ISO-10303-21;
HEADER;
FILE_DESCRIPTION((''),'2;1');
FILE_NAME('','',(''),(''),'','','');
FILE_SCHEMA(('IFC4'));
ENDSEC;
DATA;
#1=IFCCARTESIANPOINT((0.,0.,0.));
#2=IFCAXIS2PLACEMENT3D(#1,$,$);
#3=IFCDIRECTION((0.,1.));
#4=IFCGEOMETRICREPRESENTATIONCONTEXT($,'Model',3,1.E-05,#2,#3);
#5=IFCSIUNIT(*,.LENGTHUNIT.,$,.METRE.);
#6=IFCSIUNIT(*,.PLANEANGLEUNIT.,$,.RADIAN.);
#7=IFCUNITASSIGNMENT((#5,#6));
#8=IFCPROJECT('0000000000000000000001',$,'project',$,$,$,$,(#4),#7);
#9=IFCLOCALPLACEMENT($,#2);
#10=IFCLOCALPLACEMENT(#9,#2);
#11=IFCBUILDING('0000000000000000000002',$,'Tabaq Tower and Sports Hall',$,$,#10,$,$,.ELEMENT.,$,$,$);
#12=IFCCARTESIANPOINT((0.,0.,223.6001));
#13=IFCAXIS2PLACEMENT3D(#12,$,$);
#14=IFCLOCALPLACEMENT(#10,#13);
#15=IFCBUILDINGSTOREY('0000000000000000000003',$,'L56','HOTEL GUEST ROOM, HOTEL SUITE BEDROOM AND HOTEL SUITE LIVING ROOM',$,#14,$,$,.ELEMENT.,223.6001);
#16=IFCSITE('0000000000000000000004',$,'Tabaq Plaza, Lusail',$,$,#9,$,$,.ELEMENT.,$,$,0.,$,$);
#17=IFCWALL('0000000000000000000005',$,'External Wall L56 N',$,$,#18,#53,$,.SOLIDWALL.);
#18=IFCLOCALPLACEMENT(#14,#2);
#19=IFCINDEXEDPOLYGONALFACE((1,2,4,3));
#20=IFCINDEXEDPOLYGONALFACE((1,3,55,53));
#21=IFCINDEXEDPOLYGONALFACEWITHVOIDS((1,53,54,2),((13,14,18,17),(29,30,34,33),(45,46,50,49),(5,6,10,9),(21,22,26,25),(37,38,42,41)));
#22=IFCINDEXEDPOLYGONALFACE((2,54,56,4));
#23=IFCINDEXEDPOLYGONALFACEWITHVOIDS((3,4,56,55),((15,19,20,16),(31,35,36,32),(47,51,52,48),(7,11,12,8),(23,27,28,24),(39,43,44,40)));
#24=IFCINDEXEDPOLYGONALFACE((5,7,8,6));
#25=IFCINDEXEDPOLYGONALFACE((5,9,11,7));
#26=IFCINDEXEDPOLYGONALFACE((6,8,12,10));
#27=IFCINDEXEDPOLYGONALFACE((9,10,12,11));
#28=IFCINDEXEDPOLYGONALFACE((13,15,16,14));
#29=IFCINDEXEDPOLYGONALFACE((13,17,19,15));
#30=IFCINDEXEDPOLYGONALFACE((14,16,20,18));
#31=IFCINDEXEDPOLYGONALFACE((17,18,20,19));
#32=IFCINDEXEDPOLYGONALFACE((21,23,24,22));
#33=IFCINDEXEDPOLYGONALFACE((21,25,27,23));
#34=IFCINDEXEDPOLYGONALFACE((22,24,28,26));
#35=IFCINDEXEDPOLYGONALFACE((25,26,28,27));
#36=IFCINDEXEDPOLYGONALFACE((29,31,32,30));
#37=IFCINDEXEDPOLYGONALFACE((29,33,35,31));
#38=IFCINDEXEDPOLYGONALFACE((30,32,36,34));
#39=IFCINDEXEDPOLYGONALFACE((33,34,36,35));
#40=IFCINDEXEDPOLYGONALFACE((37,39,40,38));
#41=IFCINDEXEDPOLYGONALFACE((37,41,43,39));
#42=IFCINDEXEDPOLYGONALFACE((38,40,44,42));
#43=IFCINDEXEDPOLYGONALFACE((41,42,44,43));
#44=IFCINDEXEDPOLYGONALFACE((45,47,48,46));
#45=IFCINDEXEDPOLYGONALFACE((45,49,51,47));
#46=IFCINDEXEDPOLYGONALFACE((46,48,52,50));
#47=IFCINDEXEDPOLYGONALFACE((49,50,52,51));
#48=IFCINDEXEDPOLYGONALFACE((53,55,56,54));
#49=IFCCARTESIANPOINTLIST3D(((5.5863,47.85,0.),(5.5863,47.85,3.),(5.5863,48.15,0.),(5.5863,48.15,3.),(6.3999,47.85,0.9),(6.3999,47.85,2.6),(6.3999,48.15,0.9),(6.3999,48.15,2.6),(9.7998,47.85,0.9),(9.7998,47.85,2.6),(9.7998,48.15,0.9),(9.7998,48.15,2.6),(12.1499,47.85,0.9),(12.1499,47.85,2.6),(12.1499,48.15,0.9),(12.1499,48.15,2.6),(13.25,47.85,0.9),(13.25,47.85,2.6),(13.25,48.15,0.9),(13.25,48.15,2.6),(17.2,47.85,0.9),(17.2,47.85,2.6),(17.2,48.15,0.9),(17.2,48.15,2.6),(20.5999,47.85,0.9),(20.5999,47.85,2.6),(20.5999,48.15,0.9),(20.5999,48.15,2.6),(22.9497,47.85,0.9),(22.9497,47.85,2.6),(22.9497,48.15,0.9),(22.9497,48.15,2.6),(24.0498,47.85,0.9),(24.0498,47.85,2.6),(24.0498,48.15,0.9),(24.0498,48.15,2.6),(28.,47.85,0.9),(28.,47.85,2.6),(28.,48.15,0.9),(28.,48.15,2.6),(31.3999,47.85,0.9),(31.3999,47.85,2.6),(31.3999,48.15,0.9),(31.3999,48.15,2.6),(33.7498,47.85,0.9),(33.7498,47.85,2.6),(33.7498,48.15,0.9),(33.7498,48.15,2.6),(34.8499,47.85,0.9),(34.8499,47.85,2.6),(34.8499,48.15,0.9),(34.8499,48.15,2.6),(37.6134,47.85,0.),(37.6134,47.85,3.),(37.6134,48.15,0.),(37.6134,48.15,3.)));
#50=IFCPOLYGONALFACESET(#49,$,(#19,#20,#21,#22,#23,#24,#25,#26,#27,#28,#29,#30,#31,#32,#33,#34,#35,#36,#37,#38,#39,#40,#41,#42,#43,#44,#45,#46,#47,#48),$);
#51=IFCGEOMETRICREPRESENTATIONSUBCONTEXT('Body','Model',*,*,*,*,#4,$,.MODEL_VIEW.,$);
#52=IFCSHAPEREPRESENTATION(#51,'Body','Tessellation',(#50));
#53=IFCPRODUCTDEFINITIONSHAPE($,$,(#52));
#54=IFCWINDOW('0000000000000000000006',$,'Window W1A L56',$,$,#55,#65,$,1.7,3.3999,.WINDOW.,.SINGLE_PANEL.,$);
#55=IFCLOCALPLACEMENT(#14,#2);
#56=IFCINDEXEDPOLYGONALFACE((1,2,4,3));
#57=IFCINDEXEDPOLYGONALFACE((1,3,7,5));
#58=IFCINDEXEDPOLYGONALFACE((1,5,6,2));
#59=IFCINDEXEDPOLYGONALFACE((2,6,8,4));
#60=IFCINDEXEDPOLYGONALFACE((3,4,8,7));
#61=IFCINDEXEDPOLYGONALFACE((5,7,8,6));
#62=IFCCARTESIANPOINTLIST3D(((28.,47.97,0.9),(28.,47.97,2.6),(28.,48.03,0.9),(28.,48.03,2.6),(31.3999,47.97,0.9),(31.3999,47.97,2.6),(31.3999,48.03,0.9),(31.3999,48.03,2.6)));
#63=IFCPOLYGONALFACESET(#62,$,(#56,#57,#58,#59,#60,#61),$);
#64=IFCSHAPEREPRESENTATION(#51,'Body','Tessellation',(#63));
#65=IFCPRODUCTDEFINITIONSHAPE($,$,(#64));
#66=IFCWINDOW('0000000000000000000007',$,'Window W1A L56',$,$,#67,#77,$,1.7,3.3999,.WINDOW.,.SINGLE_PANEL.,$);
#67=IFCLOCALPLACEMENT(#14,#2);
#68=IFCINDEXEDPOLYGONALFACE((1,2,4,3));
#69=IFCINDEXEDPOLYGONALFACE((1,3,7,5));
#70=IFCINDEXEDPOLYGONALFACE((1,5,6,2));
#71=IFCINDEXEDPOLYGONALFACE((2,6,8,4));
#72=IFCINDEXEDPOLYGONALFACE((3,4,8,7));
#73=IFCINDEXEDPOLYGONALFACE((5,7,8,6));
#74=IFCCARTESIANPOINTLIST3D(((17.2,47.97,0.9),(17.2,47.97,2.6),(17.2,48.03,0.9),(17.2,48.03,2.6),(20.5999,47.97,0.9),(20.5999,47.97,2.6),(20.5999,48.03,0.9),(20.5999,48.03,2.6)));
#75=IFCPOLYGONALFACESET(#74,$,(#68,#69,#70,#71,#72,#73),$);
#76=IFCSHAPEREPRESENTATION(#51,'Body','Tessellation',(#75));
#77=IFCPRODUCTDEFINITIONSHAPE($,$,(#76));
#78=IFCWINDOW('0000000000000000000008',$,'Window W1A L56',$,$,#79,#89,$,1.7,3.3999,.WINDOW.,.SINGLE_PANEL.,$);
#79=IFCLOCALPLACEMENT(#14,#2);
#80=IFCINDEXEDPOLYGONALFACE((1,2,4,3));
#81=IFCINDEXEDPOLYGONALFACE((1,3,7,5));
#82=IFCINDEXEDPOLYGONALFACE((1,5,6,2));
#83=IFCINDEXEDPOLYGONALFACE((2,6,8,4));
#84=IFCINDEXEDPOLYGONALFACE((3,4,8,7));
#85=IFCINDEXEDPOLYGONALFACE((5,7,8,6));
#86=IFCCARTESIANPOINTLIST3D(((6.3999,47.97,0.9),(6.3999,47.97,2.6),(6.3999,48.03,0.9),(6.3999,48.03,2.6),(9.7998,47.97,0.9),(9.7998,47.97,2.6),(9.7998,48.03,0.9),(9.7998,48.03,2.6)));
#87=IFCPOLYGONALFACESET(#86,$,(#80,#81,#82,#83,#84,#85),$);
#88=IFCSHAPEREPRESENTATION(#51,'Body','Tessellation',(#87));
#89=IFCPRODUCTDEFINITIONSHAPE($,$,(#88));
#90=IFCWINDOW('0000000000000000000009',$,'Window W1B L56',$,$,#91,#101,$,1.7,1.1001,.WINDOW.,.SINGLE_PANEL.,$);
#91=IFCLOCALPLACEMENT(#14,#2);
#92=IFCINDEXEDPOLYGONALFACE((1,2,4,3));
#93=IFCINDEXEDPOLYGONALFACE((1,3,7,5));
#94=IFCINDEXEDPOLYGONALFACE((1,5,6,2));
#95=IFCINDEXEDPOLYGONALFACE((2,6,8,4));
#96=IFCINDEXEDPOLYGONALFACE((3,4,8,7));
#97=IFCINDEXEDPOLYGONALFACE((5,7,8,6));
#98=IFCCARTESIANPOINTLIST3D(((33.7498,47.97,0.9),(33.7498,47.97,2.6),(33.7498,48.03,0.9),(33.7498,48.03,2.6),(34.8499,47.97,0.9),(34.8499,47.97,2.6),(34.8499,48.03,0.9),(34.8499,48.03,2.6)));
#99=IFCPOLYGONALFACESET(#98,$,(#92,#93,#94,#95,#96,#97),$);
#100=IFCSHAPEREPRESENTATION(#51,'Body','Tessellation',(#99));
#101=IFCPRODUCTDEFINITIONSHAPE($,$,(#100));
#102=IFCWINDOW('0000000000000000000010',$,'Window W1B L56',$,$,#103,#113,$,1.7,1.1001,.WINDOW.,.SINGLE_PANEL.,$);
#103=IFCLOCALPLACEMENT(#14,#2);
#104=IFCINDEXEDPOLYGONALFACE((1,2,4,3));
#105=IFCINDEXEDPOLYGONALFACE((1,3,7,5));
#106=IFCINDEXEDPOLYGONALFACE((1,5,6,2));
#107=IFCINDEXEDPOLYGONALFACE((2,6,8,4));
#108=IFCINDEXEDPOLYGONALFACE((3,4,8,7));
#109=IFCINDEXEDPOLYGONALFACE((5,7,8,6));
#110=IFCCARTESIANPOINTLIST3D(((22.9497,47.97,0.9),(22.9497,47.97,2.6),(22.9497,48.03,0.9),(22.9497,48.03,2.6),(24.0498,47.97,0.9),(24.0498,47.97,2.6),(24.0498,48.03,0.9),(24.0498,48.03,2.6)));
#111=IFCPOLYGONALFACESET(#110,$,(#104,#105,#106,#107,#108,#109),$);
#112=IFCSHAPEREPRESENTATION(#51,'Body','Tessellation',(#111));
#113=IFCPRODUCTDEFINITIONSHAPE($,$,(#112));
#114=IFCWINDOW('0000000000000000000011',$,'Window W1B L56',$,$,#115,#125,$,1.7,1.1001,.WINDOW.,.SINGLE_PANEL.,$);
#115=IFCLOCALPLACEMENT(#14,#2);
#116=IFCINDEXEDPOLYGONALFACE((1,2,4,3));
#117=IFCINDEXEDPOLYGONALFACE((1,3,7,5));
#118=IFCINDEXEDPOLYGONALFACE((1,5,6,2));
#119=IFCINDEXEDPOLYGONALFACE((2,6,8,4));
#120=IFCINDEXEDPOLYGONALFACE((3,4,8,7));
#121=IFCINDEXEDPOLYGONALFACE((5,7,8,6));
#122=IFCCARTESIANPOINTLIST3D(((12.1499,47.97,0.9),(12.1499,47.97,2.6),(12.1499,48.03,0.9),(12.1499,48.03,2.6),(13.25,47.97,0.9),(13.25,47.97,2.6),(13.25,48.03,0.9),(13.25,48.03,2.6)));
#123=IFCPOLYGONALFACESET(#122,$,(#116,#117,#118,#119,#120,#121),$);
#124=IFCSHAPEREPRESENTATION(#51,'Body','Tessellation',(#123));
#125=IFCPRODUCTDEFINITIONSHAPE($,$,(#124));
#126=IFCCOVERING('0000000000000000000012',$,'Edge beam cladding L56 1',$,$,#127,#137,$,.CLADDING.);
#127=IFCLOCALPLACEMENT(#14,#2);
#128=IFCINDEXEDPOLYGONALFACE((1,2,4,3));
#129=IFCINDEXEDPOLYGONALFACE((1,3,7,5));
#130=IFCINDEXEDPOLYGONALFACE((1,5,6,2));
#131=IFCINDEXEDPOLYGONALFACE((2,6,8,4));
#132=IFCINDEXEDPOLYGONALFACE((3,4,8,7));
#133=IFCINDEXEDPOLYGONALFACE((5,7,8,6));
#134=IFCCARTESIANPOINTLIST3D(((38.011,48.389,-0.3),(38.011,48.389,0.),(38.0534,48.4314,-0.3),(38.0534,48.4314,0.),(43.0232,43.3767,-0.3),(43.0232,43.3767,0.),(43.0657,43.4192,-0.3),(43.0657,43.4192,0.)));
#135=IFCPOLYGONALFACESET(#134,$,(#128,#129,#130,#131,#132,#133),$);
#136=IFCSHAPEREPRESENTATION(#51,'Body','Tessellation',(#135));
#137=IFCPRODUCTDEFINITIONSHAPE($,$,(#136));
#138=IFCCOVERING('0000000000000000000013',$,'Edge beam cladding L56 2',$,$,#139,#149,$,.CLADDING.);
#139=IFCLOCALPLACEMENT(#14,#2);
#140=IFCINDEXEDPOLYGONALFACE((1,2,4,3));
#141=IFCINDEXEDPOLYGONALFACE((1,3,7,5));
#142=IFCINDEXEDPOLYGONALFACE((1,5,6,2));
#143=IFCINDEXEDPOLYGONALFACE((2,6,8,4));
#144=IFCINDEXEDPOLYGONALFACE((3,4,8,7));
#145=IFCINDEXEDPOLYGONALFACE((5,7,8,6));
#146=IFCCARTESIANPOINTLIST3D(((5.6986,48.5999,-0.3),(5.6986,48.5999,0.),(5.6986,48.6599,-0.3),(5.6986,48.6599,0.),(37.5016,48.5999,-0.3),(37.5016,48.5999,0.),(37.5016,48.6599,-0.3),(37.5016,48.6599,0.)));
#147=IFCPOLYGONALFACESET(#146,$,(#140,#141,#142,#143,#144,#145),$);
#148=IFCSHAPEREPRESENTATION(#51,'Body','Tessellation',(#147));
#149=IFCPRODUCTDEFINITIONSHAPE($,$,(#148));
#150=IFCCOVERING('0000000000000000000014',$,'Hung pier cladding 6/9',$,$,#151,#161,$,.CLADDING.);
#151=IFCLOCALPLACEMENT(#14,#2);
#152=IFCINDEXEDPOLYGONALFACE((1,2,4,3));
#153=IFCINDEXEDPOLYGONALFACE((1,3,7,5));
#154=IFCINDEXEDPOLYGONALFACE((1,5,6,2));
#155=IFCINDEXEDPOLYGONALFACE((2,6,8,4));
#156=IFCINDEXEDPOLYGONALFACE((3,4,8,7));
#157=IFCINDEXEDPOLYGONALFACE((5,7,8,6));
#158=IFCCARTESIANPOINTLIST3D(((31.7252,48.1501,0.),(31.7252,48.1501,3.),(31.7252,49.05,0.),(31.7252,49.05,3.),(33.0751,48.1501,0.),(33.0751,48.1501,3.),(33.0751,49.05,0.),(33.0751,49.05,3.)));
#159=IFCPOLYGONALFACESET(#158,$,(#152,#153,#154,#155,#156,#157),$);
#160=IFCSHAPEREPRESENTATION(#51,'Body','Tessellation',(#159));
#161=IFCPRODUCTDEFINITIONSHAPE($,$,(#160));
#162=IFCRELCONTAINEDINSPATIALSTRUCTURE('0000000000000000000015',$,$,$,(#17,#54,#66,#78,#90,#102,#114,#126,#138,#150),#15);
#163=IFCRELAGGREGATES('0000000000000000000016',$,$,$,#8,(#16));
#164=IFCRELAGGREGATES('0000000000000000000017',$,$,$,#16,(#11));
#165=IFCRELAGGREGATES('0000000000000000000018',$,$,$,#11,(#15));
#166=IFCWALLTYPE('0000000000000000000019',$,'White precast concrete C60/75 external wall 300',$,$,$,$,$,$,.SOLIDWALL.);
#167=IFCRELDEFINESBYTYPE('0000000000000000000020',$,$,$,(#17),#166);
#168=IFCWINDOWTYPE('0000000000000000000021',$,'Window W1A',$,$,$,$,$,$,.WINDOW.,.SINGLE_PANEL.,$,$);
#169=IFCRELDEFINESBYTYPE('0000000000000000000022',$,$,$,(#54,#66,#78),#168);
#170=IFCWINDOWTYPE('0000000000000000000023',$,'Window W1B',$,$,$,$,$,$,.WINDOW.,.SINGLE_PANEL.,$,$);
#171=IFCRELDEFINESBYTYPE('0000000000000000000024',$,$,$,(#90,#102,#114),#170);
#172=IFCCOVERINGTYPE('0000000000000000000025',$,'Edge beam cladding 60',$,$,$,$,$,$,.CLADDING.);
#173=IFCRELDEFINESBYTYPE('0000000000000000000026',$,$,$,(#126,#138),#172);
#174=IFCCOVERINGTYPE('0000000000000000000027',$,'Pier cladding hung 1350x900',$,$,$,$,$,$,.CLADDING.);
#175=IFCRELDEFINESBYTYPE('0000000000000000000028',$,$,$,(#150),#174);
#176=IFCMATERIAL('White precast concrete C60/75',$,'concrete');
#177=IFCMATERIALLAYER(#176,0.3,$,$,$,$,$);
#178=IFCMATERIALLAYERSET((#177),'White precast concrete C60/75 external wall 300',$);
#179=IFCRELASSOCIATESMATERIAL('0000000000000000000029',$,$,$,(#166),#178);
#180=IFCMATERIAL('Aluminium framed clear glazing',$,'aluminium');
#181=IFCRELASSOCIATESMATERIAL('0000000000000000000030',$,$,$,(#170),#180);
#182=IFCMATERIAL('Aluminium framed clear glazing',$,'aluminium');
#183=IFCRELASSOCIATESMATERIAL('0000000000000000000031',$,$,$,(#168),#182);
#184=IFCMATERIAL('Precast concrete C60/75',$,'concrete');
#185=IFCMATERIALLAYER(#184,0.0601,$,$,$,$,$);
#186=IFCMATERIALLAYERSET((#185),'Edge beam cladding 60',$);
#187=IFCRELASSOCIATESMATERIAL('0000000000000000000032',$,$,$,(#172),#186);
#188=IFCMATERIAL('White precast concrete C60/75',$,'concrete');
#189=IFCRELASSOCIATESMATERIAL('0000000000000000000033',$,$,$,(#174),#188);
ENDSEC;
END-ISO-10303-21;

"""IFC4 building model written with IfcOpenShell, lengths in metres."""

from ifc_helpers import new_model, si_unit, direction, frame, frame_2d, origin, place, context, subcontext, project, spatial, rectangle, extrude, material, layer, layer_set, type_object, element, fill, save


model = new_model("IFC4")

# Units and contexts
model_context = context("Model", 3, precision=1e-05, world=origin(), true_north=direction((0.0, 1.0)))
body_context = subcontext(model_context, "Body", "Model", "MODEL_VIEW")
ifc_project = project(units=[si_unit("LENGTHUNIT", "METRE"), si_unit("PLANEANGLEUNIT", "RADIAN")], contexts=[model_context])

# Site, building, storey
site_placement = place(None, origin())
site = spatial("IfcSite", under=ifc_project, at=site_placement, Name="Tabaq Plaza, Lusail", CompositionType="ELEMENT", RefElevation=0.0)
building_placement = place(site_placement, origin())
building = spatial("IfcBuilding", under=site, at=building_placement, Name="Tabaq Tower and Sports Hall", CompositionType="ELEMENT")
storey_placement = place(building_placement, frame((0.0, 0.0, 223.6001)))
storey = spatial("IfcBuildingStorey", under=building, at=storey_placement, Name="L56", Description="HOTEL GUEST ROOM, HOTEL SUITE BEDROOM AND HOTEL SUITE LIVING ROOM", CompositionType="ELEMENT", Elevation=223.6001)

# Wall, openings, windows
ifc_material_1 = material(Name="White precast concrete C60/75", Category="concrete")
ifc_layer_1 = layer(ifc_material_1, 0.3)
ifc_layer_set_1 = layer_set([ifc_layer_1], Name="White precast concrete C60/75 external wall 300")
wall_type_1 = type_object("IfcWallType", Name="White precast concrete C60/75 external wall 300", PredefinedType="SOLIDWALL", material=ifc_layer_set_1)
ifc_material_2 = material(Name="Aluminium framed clear glazing", Category="aluminium")
window_type_1 = type_object("IfcWindowType", Name="Window W1B", PartitioningType="SINGLE_PANEL", PredefinedType="WINDOW", material=ifc_material_2)
wall_1_placement = place(storey_placement, frame((37.6135, 48.0, 0.0), z_axis=(0.0, 0.0, 1.0), x_axis=(-1.0, 0.0, 0.0)))
wall_1 = element("IfcWall", 1, at=wall_1_placement, inside=storey, type_object=wall_type_1, Name="External Wall L56 N", PredefinedType="SOLIDWALL", context=body_context, shape_type="SweptSolid", body=[
    extrude(rectangle(XDim=32.0271, YDim=0.3, at=frame_2d((16.0137, 0.0))), origin(), (0.0, 0.0, 1.0), 3.0),
])
opening_1_placement = place(wall_1_placement, frame((2.7637, 0.0, 0.8999)))
opening_1 = element("IfcOpeningElement", 2, at=opening_1_placement, cuts=wall_1, PredefinedType="OPENING", context=body_context, shape_type="SweptSolid", body=[
    extrude(rectangle(XDim=1.1001, YDim=1.7, at=frame_2d((0.55, 0.8501))), frame((0.0, 0.1602, 0.0), z_axis=(0.0, -1.0, 0.0), x_axis=(1.0, 0.0, 0.0)), (0.0, 0.0, 1.0), 0.3201),
])
opening_2_placement = place(wall_1_placement, frame((6.2136, 0.0, 0.8999)))
opening_2 = element("IfcOpeningElement", 3, at=opening_2_placement, cuts=wall_1, PredefinedType="OPENING", context=body_context, shape_type="SweptSolid", body=[
    extrude(rectangle(XDim=3.3999, YDim=1.7, at=frame_2d((1.7, 0.8501))), frame((0.0, 0.1602, 0.0), z_axis=(0.0, -1.0, 0.0), x_axis=(1.0, 0.0, 0.0)), (0.0, 0.0, 1.0), 0.3201),
])
opening_3_placement = place(wall_1_placement, frame((13.5637, 0.0, 0.8999)))
opening_3 = element("IfcOpeningElement", 4, at=opening_3_placement, cuts=wall_1, PredefinedType="OPENING", context=body_context, shape_type="SweptSolid", body=[
    extrude(rectangle(XDim=1.1001, YDim=1.7, at=frame_2d((0.55, 0.8501))), frame((0.0, 0.1602, 0.0), z_axis=(0.0, -1.0, 0.0), x_axis=(1.0, 0.0, 0.0)), (0.0, 0.0, 1.0), 0.3201),
])
opening_4_placement = place(wall_1_placement, frame((17.0137, 0.0, 0.8999)))
opening_4 = element("IfcOpeningElement", 5, at=opening_4_placement, cuts=wall_1, PredefinedType="OPENING", context=body_context, shape_type="SweptSolid", body=[
    extrude(rectangle(XDim=3.3999, YDim=1.7, at=frame_2d((1.7, 0.8501))), frame((0.0, 0.1602, 0.0), z_axis=(0.0, -1.0, 0.0), x_axis=(1.0, 0.0, 0.0)), (0.0, 0.0, 1.0), 0.3201),
])
opening_5_placement = place(wall_1_placement, frame((24.3635, 0.0, 0.8999)))
opening_5 = element("IfcOpeningElement", 6, at=opening_5_placement, cuts=wall_1, PredefinedType="OPENING", context=body_context, shape_type="SweptSolid", body=[
    extrude(rectangle(XDim=1.1001, YDim=1.7, at=frame_2d((0.55, 0.8501))), frame((0.0, 0.1602, 0.0), z_axis=(0.0, -1.0, 0.0), x_axis=(1.0, 0.0, 0.0)), (0.0, 0.0, 1.0), 0.3201),
])
opening_6_placement = place(wall_1_placement, frame((27.8137, 0.0, 0.8999)))
opening_6 = element("IfcOpeningElement", 7, at=opening_6_placement, cuts=wall_1, PredefinedType="OPENING", context=body_context, shape_type="SweptSolid", body=[
    extrude(rectangle(XDim=3.3999, YDim=1.7, at=frame_2d((1.7, 0.8501))), frame((0.0, 0.1602, 0.0), z_axis=(0.0, -1.0, 0.0), x_axis=(1.0, 0.0, 0.0)), (0.0, 0.0, 1.0), 0.3201),
])
ifc_material_3 = material(Name="Aluminium framed clear glazing", Category="aluminium")
window_type_2 = type_object("IfcWindowType", Name="Window W1A", PartitioningType="SINGLE_PANEL", PredefinedType="WINDOW", material=ifc_material_3)
window_1_placement = place(opening_2_placement, origin())
window_1 = element("IfcWindow", 8, at=window_1_placement, inside=storey, type_object=window_type_2, Name="Window W1A L56", OverallHeight=1.7, OverallWidth=3.3999, PartitioningType="SINGLE_PANEL", PredefinedType="WINDOW", context=body_context, shape_type="SweptSolid", body=[
    extrude(rectangle(XDim=3.3999, YDim=1.7, at=frame_2d((1.7, 0.8501))), frame((0.0, 0.03, 0.0), z_axis=(0.0, -1.0, 0.0), x_axis=(1.0, 0.0, 0.0)), (0.0, 0.0, 1.0), 0.0601),
])
fill(opening_2, window_1)
window_2_placement = place(opening_4_placement, origin())
window_2 = element("IfcWindow", 9, at=window_2_placement, inside=storey, type_object=window_type_2, Name="Window W1A L56", OverallHeight=1.7, OverallWidth=3.3999, PartitioningType="SINGLE_PANEL", PredefinedType="WINDOW", context=body_context, shape_type="SweptSolid", body=[
    extrude(rectangle(XDim=3.3999, YDim=1.7, at=frame_2d((1.7, 0.8501))), frame((0.0, 0.03, 0.0), z_axis=(0.0, -1.0, 0.0), x_axis=(1.0, 0.0, 0.0)), (0.0, 0.0, 1.0), 0.0601),
])
fill(opening_4, window_2)
window_3_placement = place(opening_6_placement, origin())
window_3 = element("IfcWindow", 10, at=window_3_placement, inside=storey, type_object=window_type_2, Name="Window W1A L56", OverallHeight=1.7, OverallWidth=3.3999, PartitioningType="SINGLE_PANEL", PredefinedType="WINDOW", context=body_context, shape_type="SweptSolid", body=[
    extrude(rectangle(XDim=3.3999, YDim=1.7, at=frame_2d((1.7, 0.8501))), frame((0.0, 0.03, 0.0), z_axis=(0.0, -1.0, 0.0), x_axis=(1.0, 0.0, 0.0)), (0.0, 0.0, 1.0), 0.0601),
])
fill(opening_6, window_3)
window_4_placement = place(opening_1_placement, origin())
window_4 = element("IfcWindow", 11, at=window_4_placement, inside=storey, type_object=window_type_1, Name="Window W1B L56", OverallHeight=1.7, OverallWidth=1.1001, PartitioningType="SINGLE_PANEL", PredefinedType="WINDOW", context=body_context, shape_type="SweptSolid", body=[
    extrude(rectangle(XDim=1.1001, YDim=1.7, at=frame_2d((0.55, 0.8501))), frame((0.0, 0.03, 0.0), z_axis=(0.0, -1.0, 0.0), x_axis=(1.0, 0.0, 0.0)), (0.0, 0.0, 1.0), 0.0601),
])
fill(opening_1, window_4)
window_5_placement = place(opening_3_placement, origin())
window_5 = element("IfcWindow", 12, at=window_5_placement, inside=storey, type_object=window_type_1, Name="Window W1B L56", OverallHeight=1.7, OverallWidth=1.1001, PartitioningType="SINGLE_PANEL", PredefinedType="WINDOW", context=body_context, shape_type="SweptSolid", body=[
    extrude(rectangle(XDim=1.1001, YDim=1.7, at=frame_2d((0.55, 0.8501))), frame((0.0, 0.03, 0.0), z_axis=(0.0, -1.0, 0.0), x_axis=(1.0, 0.0, 0.0)), (0.0, 0.0, 1.0), 0.0601),
])
fill(opening_3, window_5)
window_6_placement = place(opening_5_placement, origin())
window_6 = element("IfcWindow", 13, at=window_6_placement, inside=storey, type_object=window_type_1, Name="Window W1B L56", OverallHeight=1.7, OverallWidth=1.1001, PartitioningType="SINGLE_PANEL", PredefinedType="WINDOW", context=body_context, shape_type="SweptSolid", body=[
    extrude(rectangle(XDim=1.1001, YDim=1.7, at=frame_2d((0.55, 0.8501))), frame((0.0, 0.03, 0.0), z_axis=(0.0, -1.0, 0.0), x_axis=(1.0, 0.0, 0.0)), (0.0, 0.0, 1.0), 0.0601),
])
fill(opening_5, window_6)

# Coverings
ifc_material_4 = material(Name="Precast concrete C60/75", Category="concrete")
ifc_layer_2 = layer(ifc_material_4, 0.0601)
ifc_layer_set_2 = layer_set([ifc_layer_2], Name="Edge beam cladding 60")
covering_type_1 = type_object("IfcCoveringType", Name="Edge beam cladding 60", PredefinedType="CLADDING", material=ifc_layer_set_2)
covering_1_placement = place(storey_placement, frame((43.0444, 43.3979, -0.3), z_axis=(0.0, 0.0, 1.0), x_axis=(-0.707107, 0.707107, 0.0)))
element("IfcCovering", 14, at=covering_1_placement, inside=storey, type_object=covering_type_1, Name="Edge beam cladding L56 1", PredefinedType="CLADDING", context=body_context, shape_type="SweptSolid", body=[
    extrude(rectangle(XDim=7.0884, YDim=0.0601, at=frame_2d((3.5442, 0.0))), origin(), (0.0, 0.0, 1.0), 0.3),
])
covering_2_placement = place(storey_placement, frame((37.5015, 48.6299, -0.3), z_axis=(0.0, 0.0, 1.0), x_axis=(-1.0, 0.0, 0.0)))
element("IfcCovering", 15, at=covering_2_placement, inside=storey, type_object=covering_type_1, Name="Edge beam cladding L56 2", PredefinedType="CLADDING", context=body_context, shape_type="SweptSolid", body=[
    extrude(rectangle(XDim=31.803, YDim=0.0601, at=frame_2d((15.9014, 0.0))), origin(), (0.0, 0.0, 1.0), 0.3),
])
ifc_material_5 = material(Name="White precast concrete C60/75", Category="concrete")
covering_type_2 = type_object("IfcCoveringType", Name="Pier cladding hung 1350x900", PredefinedType="CLADDING", material=ifc_material_5)
covering_3_placement = place(storey_placement, frame((33.075, 48.6001, 0.0), z_axis=(0.0, 0.0, 1.0), x_axis=(-1.0, 0.0, 0.0)))
element("IfcCovering", 16, at=covering_3_placement, inside=storey, type_object=covering_type_2, Name="Hung pier cladding 6/9", PredefinedType="CLADDING", context=body_context, shape_type="SweptSolid", body=[
    extrude(rectangle(XDim=1.3499, YDim=0.8999, at=frame_2d((0.6748, 0.0))), origin(), (0.0, 0.0, 1.0), 3.0),
])

save(model, "model.ifc")
